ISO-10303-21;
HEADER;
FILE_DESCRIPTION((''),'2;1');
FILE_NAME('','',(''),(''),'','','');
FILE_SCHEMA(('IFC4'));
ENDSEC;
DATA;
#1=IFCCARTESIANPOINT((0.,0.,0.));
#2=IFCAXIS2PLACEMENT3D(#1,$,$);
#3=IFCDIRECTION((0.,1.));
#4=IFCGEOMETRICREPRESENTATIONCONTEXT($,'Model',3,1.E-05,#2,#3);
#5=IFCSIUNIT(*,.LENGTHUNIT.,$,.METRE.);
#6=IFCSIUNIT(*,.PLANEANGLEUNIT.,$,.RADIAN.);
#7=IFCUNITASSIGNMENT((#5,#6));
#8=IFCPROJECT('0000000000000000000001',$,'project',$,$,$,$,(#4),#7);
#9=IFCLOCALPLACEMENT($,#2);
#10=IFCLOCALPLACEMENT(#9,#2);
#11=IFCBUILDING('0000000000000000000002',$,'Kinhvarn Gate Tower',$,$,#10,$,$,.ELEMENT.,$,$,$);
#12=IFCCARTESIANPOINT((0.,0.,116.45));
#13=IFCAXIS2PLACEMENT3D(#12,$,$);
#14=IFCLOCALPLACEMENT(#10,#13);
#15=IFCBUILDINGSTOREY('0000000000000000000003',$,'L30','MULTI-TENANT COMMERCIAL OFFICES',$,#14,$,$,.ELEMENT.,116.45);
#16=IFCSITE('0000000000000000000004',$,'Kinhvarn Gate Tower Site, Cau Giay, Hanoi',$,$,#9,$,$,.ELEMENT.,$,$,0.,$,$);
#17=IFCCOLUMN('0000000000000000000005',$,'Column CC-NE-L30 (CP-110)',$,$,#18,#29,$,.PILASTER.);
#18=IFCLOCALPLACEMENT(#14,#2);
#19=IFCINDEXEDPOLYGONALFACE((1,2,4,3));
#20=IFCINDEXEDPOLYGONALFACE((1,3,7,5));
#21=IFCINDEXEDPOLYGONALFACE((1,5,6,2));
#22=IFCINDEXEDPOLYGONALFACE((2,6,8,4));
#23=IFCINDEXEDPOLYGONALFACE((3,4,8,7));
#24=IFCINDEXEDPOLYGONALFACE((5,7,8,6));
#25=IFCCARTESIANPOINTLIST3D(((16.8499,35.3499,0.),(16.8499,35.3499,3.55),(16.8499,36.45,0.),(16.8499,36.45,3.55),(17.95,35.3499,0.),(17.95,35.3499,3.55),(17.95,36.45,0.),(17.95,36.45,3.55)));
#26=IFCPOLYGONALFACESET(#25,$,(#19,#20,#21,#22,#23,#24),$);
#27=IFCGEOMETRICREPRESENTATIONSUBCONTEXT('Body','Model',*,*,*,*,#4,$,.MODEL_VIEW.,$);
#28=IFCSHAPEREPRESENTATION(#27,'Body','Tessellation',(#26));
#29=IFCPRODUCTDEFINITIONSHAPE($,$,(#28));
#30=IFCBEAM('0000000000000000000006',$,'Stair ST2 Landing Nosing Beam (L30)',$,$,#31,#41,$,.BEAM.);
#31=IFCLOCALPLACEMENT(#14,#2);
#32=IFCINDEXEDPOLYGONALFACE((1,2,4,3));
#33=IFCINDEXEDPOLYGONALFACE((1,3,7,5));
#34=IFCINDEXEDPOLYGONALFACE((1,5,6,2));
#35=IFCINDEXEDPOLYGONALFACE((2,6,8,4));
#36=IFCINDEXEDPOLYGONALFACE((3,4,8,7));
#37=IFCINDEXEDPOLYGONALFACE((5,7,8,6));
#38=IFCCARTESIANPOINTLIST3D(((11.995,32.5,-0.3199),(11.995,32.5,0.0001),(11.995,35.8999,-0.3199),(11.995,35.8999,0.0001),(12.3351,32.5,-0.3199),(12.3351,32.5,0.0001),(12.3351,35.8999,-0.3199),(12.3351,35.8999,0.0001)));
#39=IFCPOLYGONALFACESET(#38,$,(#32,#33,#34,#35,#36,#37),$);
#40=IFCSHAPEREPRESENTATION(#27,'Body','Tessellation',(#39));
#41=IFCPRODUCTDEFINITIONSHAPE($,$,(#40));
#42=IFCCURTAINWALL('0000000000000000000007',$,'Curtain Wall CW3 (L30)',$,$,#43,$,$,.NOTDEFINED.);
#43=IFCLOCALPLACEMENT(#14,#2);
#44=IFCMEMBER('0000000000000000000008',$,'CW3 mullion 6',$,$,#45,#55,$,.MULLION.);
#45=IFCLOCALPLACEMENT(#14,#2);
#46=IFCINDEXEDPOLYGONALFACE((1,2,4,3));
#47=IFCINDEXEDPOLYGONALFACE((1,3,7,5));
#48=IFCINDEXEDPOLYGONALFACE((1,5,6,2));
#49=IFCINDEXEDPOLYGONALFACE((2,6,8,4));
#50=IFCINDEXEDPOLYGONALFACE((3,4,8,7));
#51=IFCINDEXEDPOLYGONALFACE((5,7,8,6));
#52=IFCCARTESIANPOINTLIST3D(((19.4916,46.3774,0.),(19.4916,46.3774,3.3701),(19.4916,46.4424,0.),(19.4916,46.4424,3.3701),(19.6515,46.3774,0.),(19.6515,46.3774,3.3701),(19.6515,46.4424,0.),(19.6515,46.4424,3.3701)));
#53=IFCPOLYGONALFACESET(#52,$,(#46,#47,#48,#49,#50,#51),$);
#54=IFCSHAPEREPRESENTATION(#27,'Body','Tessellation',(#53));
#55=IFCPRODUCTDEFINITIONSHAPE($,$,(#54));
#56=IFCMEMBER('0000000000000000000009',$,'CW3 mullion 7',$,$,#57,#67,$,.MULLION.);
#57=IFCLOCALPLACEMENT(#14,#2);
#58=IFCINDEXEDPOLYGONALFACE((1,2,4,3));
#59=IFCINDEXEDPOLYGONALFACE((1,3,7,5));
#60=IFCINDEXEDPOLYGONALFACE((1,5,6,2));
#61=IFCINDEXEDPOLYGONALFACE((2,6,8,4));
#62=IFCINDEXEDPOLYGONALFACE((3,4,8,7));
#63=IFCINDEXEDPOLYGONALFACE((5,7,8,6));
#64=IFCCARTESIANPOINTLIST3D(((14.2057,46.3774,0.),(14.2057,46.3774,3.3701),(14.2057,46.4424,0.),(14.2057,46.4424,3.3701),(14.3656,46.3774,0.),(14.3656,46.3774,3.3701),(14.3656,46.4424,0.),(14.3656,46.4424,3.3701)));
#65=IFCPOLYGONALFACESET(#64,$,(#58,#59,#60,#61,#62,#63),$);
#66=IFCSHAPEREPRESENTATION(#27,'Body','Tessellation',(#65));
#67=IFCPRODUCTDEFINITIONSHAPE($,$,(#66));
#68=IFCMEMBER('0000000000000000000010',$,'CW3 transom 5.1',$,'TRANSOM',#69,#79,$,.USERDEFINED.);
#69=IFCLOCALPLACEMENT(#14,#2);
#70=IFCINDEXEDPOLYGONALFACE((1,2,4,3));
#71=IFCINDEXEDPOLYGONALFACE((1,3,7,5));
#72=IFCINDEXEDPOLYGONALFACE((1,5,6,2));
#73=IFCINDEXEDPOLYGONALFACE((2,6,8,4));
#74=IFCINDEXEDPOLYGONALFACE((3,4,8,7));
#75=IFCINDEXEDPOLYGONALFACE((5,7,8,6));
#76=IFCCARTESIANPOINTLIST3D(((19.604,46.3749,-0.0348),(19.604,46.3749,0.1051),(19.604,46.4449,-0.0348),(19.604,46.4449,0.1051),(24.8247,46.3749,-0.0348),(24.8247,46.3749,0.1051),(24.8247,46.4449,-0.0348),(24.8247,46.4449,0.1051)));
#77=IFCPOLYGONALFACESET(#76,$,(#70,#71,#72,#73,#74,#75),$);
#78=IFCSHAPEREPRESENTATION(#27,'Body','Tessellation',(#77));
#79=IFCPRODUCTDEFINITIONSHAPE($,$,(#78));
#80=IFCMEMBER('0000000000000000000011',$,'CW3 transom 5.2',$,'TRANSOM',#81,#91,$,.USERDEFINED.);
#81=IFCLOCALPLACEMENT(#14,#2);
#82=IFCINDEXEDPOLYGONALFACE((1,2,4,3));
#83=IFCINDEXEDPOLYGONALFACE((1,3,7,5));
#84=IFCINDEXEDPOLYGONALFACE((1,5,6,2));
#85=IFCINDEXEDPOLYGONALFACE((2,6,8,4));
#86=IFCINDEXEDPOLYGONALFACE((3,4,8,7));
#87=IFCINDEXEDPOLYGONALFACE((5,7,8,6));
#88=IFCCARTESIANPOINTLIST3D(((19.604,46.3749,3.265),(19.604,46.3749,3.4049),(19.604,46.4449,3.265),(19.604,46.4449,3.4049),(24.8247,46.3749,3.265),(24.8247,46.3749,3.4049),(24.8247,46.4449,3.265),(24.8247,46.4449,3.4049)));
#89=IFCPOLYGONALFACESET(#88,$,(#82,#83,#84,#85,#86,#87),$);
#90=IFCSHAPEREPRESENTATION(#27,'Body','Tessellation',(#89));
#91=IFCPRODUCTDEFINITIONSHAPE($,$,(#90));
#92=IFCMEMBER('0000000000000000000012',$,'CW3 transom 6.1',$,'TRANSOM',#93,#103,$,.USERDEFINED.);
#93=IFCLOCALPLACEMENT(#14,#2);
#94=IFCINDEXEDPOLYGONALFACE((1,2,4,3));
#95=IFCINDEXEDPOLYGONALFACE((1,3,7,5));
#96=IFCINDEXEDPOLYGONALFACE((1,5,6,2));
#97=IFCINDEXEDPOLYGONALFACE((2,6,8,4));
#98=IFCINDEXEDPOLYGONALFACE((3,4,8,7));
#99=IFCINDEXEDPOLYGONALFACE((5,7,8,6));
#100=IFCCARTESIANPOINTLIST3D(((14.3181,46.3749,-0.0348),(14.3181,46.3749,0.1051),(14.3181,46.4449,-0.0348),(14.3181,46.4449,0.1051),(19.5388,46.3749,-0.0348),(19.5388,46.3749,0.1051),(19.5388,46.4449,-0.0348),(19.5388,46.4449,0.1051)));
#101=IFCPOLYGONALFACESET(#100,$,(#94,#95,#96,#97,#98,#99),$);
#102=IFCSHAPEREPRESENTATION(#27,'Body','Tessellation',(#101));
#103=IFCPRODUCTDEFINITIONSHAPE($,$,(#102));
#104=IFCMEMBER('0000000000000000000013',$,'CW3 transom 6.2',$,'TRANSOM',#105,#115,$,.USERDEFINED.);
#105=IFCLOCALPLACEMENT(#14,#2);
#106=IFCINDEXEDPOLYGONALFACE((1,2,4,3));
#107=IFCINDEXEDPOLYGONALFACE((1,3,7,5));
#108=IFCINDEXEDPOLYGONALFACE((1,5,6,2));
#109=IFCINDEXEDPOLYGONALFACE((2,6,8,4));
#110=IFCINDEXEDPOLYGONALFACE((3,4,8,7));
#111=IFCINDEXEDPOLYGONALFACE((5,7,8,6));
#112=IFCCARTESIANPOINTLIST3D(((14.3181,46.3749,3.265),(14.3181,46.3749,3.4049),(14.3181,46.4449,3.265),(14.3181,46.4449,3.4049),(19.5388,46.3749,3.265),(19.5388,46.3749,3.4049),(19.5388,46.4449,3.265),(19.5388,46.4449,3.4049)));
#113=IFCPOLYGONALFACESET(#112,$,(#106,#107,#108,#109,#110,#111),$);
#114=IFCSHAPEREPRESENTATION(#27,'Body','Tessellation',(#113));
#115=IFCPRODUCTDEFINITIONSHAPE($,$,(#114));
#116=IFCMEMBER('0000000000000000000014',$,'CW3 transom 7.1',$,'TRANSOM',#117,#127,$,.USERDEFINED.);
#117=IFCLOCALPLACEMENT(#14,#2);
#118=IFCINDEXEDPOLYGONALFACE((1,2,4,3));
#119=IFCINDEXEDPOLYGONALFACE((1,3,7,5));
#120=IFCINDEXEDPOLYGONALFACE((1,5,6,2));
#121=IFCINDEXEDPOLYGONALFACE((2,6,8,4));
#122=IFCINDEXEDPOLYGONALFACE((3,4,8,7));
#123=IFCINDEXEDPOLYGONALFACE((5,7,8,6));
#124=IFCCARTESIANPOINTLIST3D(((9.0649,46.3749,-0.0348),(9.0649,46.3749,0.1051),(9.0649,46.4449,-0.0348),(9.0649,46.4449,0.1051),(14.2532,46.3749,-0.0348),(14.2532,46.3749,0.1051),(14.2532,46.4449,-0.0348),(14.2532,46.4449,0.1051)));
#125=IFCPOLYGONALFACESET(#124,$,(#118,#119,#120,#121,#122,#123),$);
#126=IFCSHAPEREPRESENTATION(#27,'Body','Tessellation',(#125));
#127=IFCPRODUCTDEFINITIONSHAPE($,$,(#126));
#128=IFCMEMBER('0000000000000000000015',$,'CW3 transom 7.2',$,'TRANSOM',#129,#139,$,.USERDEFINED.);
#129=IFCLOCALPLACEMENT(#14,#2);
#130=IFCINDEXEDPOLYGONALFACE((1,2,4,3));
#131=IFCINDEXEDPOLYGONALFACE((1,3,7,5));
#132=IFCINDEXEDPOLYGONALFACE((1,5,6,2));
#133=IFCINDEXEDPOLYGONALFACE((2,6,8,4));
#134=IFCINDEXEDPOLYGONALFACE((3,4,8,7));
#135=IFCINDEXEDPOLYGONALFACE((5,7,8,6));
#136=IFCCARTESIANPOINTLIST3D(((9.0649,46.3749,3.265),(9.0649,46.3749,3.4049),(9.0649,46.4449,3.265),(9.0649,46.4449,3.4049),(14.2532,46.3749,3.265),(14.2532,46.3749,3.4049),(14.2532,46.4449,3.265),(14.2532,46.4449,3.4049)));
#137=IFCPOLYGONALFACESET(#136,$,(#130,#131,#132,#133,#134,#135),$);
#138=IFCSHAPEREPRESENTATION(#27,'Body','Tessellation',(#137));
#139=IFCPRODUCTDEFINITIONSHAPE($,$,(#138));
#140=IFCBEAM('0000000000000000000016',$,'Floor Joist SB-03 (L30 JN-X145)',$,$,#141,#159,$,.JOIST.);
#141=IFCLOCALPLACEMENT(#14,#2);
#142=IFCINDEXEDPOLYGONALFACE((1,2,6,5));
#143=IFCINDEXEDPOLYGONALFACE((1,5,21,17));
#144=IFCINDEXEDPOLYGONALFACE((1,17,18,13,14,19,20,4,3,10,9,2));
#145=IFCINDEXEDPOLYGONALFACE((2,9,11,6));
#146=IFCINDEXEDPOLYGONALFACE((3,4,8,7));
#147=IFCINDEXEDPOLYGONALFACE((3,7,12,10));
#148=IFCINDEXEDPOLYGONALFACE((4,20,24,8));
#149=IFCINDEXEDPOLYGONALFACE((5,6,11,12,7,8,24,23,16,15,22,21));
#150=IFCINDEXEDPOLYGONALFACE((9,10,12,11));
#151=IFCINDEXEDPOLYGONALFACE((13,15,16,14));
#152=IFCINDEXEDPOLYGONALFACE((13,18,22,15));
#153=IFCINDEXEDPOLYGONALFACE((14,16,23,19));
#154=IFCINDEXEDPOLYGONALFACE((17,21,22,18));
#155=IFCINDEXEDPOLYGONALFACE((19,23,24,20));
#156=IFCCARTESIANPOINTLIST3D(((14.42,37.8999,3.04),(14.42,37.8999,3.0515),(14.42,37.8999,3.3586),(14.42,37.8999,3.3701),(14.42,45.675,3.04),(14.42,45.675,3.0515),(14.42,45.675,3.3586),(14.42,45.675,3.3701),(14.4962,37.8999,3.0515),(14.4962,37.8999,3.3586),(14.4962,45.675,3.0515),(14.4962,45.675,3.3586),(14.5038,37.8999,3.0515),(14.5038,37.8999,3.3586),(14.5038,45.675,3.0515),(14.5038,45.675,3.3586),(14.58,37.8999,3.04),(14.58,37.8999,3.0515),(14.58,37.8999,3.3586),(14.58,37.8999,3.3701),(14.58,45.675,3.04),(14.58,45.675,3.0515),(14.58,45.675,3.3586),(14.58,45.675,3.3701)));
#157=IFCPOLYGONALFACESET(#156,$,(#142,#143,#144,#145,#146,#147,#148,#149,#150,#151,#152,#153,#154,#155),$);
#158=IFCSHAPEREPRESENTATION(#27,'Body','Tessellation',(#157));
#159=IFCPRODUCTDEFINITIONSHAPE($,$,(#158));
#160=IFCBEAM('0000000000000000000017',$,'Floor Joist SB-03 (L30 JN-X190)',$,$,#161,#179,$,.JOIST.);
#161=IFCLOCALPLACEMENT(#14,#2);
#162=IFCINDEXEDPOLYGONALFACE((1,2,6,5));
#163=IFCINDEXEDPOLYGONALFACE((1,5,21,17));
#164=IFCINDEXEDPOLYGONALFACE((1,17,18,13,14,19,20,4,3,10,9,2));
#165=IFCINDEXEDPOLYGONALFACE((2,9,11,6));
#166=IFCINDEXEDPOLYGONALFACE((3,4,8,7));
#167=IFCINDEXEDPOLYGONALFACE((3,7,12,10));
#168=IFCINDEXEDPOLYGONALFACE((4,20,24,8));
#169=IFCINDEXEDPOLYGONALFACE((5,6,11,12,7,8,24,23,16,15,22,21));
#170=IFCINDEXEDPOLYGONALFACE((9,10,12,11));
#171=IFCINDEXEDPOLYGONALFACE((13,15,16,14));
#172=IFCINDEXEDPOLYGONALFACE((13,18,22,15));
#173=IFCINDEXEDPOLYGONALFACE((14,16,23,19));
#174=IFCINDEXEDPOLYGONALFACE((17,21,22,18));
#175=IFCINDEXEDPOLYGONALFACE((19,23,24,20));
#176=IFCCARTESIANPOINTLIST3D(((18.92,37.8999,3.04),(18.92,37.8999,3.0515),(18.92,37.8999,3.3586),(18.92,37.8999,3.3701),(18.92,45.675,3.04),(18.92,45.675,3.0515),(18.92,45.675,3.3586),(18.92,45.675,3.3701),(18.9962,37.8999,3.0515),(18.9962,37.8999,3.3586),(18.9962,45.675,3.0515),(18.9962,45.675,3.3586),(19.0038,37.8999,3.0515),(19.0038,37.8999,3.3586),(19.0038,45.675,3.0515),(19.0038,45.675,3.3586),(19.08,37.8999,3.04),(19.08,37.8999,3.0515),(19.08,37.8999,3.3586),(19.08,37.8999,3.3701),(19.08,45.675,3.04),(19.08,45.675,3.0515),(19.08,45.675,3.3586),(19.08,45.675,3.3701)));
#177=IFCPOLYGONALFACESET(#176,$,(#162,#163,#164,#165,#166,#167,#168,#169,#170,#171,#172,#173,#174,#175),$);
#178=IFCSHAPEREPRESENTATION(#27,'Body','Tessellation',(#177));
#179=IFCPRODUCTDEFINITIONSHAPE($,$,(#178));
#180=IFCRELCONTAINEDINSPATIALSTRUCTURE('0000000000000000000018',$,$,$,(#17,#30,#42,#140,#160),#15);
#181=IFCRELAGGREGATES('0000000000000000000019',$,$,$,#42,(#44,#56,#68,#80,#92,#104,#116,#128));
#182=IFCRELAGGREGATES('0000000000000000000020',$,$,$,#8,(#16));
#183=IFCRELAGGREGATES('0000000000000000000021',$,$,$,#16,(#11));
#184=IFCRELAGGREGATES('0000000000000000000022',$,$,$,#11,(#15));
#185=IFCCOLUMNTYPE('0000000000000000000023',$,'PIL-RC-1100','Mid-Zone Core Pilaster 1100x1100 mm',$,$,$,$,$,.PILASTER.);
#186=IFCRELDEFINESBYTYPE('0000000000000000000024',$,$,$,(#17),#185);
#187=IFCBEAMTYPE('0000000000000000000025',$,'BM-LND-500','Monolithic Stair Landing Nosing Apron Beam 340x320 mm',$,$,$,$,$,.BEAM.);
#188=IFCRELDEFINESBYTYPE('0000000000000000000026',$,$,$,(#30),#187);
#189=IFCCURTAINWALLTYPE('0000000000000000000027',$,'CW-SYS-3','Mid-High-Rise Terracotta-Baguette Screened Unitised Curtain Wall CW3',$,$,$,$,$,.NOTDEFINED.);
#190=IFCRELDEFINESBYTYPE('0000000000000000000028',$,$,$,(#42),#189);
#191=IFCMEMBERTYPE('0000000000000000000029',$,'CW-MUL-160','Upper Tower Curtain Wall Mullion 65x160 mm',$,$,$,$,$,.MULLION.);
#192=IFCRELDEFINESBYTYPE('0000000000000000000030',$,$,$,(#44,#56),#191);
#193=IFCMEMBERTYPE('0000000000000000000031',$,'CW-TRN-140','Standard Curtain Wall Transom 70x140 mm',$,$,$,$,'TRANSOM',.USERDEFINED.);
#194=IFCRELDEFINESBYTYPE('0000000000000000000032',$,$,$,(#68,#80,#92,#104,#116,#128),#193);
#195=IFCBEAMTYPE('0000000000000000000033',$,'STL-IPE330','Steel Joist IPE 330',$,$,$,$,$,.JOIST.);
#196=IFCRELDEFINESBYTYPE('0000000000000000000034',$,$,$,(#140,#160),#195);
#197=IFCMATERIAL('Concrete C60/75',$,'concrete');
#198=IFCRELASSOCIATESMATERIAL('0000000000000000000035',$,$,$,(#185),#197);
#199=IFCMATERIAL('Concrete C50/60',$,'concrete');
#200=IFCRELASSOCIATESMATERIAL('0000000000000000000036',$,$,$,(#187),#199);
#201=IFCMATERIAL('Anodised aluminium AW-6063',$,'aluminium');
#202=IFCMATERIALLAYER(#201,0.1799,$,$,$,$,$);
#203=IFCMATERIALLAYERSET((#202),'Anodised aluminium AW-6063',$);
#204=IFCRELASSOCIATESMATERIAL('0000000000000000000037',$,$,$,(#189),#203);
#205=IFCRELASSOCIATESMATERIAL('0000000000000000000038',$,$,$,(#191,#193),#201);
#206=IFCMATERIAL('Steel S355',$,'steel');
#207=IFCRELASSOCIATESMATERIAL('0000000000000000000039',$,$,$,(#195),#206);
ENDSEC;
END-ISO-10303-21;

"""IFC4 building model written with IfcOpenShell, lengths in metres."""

from ifc_helpers import new_model, si_unit, direction, frame, origin, origin_2d, place, context, subcontext, project, spatial, rectangle, i_section, extrude, material, layer, layer_set, material_profile, profile_set, type_object, element, aggregate, save


model = new_model("IFC4")

# Units and contexts
model_context = context("Model", 3, precision=1e-05, world=origin(), true_north=direction((0.0, 1.0)))
body_context = subcontext(model_context, "Body", "Model", "MODEL_VIEW")
ifc_project = project(units=[si_unit("LENGTHUNIT", "METRE"), si_unit("PLANEANGLEUNIT", "RADIAN")], contexts=[model_context])

# Site, building, storey
site_placement = place(None, origin())
site = spatial("IfcSite", under=ifc_project, at=site_placement, Name="Kinhvarn Gate Tower Site, Cau Giay, Hanoi", CompositionType="ELEMENT", RefElevation=0.0)
building_placement = place(site_placement, origin())
building = spatial("IfcBuilding", under=site, at=building_placement, Name="Kinhvarn Gate Tower", CompositionType="ELEMENT")
storey_placement = place(building_placement, frame((0.0, 0.0, 116.45)))
storey = spatial("IfcBuildingStorey", under=building, at=storey_placement, Name="L30", Description="MULTI-TENANT COMMERCIAL OFFICES", CompositionType="ELEMENT", Elevation=116.45)

# Column
ifc_material_1 = material(Name="Concrete C60/75", Category="concrete")
ifc_material_profile_1 = material_profile(ifc_material_1, rectangle(XDim=1.1001, YDim=1.1001, at=origin_2d()), Name="RC 1100x1100")
ifc_profile_set_1 = profile_set([ifc_material_profile_1], Name="Concrete C60/75")
column_type = type_object("IfcColumnType", Name="PIL-RC-1100", Description="Mid-Zone Core Pilaster 1100x1100 mm", PredefinedType="PILASTER", material=ifc_profile_set_1)
column_placement = place(storey_placement, frame((17.3999, 35.8999, 0.0), z_axis=(0.0, 0.0, 1.0), x_axis=(1.0, 0.0, 0.0)))
element("IfcColumn", 1, at=column_placement, inside=storey, type_object=column_type, Name="Column CC-NE-L30 (CP-110)", PredefinedType="PILASTER", context=body_context, shape_type="SweptSolid", body=[
    extrude(rectangle(XDim=1.1001, YDim=1.1001, at=origin_2d()), origin(), (0.0, 0.0, 1.0), 3.55),
])

# Beam
ifc_material_2 = material(Name="Concrete C50/60", Category="concrete")
ifc_material_profile_2 = material_profile(ifc_material_2, rectangle(XDim=0.3401, YDim=0.3201, at=origin_2d()), Name="RC 340x320")
ifc_profile_set_2 = profile_set([ifc_material_profile_2], Name="Concrete C50/60")
beam_type_1 = type_object("IfcBeamType", Name="BM-LND-500", Description="Monolithic Stair Landing Nosing Apron Beam 340x320 mm", PredefinedType="BEAM", material=ifc_profile_set_2)
beam_placement = place(storey_placement, frame((12.165, 32.5, -0.1599), z_axis=(0.0, 1.0, 0.0), x_axis=(-1.0, 0.0, 0.0)))
element("IfcBeam", 2, at=beam_placement, inside=storey, type_object=beam_type_1, Name="Stair ST2 Landing Nosing Beam (L30)", PredefinedType="BEAM", context=body_context, shape_type="SweptSolid", body=[
    extrude(rectangle(XDim=0.3401, YDim=0.3201, at=origin_2d()), origin(), (0.0, 0.0, 1.0), 3.3999),
])

# Curtain wall, members
ifc_material_3 = material(Name="Anodised aluminium AW-6063", Category="aluminium")
ifc_layer_1 = layer(ifc_material_3, 0.1799)
ifc_layer_set_1 = layer_set([ifc_layer_1], Name="Anodised aluminium AW-6063")
curtain_wall_type = type_object("IfcCurtainWallType", Name="CW-SYS-3", Description="Mid-High-Rise Terracotta-Baguette Screened Unitised Curtain Wall CW3", PredefinedType="NOTDEFINED", material=ifc_layer_set_1)
curtain_wall_placement = place(storey_placement, origin())
curtain_wall = element("IfcCurtainWall", 3, at=curtain_wall_placement, inside=storey, type_object=curtain_wall_type, Name="Curtain Wall CW3 (L30)", PredefinedType="NOTDEFINED")
ifc_material_profile_3 = material_profile(ifc_material_3, rectangle(XDim=0.0649, YDim=0.1599, at=origin_2d()), Name="ALU 65x160")
ifc_profile_set_3 = profile_set([ifc_material_profile_3], Name="Anodised aluminium AW-6063")
member_type_1 = type_object("IfcMemberType", Name="CW-MUL-160", Description="Upper Tower Curtain Wall Mullion 65x160 mm", PredefinedType="MULLION", material=ifc_profile_set_3)
member_1_placement = place(storey_placement, frame((19.5715, 46.4099, 0.0), z_axis=(0.0, 0.0, 1.0), x_axis=(0.0, -1.0, 0.0)))
member_1 = element("IfcMember", 4, at=member_1_placement, type_object=member_type_1, Name="CW3 mullion 6", PredefinedType="MULLION", context=body_context, shape_type="SweptSolid", body=[
    extrude(rectangle(XDim=0.0649, YDim=0.1599, at=origin_2d()), origin(), (0.0, 0.0, 1.0), 3.3701),
])
member_2_placement = place(storey_placement, frame((14.2856, 46.4099, 0.0), z_axis=(0.0, 0.0, 1.0), x_axis=(0.0, -1.0, 0.0)))
member_2 = element("IfcMember", 5, at=member_2_placement, type_object=member_type_1, Name="CW3 mullion 7", PredefinedType="MULLION", context=body_context, shape_type="SweptSolid", body=[
    extrude(rectangle(XDim=0.0649, YDim=0.1599, at=origin_2d()), origin(), (0.0, 0.0, 1.0), 3.3701),
])
ifc_material_profile_4 = material_profile(ifc_material_3, rectangle(XDim=0.0701, YDim=0.1399, at=origin_2d()), Name="ALU 70x140")
ifc_profile_set_4 = profile_set([ifc_material_profile_4], Name="Anodised aluminium AW-6063")
member_type_2 = type_object("IfcMemberType", Name="CW-TRN-140", Description="Standard Curtain Wall Transom 70x140 mm", ElementType="TRANSOM", PredefinedType="USERDEFINED", material=ifc_profile_set_4)
member_3_placement = place(storey_placement, frame((24.8247, 46.4099, 0.0352), z_axis=(-1.0, 0.0, 0.0), x_axis=(0.0, -1.0, 0.0)))
member_3 = element("IfcMember", 6, at=member_3_placement, type_object=member_type_2, Name="CW3 transom 5.1", ObjectType="TRANSOM", PredefinedType="USERDEFINED", context=body_context, shape_type="SweptSolid", body=[
    extrude(rectangle(XDim=0.0701, YDim=0.1399, at=origin_2d()), origin(), (0.0, 0.0, 1.0), 5.2207),
])
member_4_placement = place(storey_placement, frame((24.8247, 46.4099, 3.335), z_axis=(-1.0, 0.0, 0.0), x_axis=(0.0, -1.0, 0.0)))
member_4 = element("IfcMember", 7, at=member_4_placement, type_object=member_type_2, Name="CW3 transom 5.2", ObjectType="TRANSOM", PredefinedType="USERDEFINED", context=body_context, shape_type="SweptSolid", body=[
    extrude(rectangle(XDim=0.0701, YDim=0.1399, at=origin_2d()), origin(), (0.0, 0.0, 1.0), 5.2207),
])
member_5_placement = place(storey_placement, frame((19.5388, 46.4099, 0.0352), z_axis=(-1.0, 0.0, 0.0), x_axis=(0.0, -1.0, 0.0)))
member_5 = element("IfcMember", 8, at=member_5_placement, type_object=member_type_2, Name="CW3 transom 6.1", ObjectType="TRANSOM", PredefinedType="USERDEFINED", context=body_context, shape_type="SweptSolid", body=[
    extrude(rectangle(XDim=0.0701, YDim=0.1399, at=origin_2d()), origin(), (0.0, 0.0, 1.0), 5.2207),
])
member_6_placement = place(storey_placement, frame((19.5388, 46.4099, 3.335), z_axis=(-1.0, 0.0, 0.0), x_axis=(0.0, -1.0, 0.0)))
member_6 = element("IfcMember", 9, at=member_6_placement, type_object=member_type_2, Name="CW3 transom 6.2", ObjectType="TRANSOM", PredefinedType="USERDEFINED", context=body_context, shape_type="SweptSolid", body=[
    extrude(rectangle(XDim=0.0701, YDim=0.1399, at=origin_2d()), origin(), (0.0, 0.0, 1.0), 5.2207),
])
member_7_placement = place(storey_placement, frame((14.2532, 46.4099, 0.0352), z_axis=(-1.0, 0.0, 0.0), x_axis=(0.0, -1.0, 0.0)))
member_7 = element("IfcMember", 10, at=member_7_placement, type_object=member_type_2, Name="CW3 transom 7.1", ObjectType="TRANSOM", PredefinedType="USERDEFINED", context=body_context, shape_type="SweptSolid", body=[
    extrude(rectangle(XDim=0.0701, YDim=0.1399, at=origin_2d()), origin(), (0.0, 0.0, 1.0), 5.1882),
])
member_8_placement = place(storey_placement, frame((14.2532, 46.4099, 3.335), z_axis=(-1.0, 0.0, 0.0), x_axis=(0.0, -1.0, 0.0)))
member_8 = element("IfcMember", 11, at=member_8_placement, type_object=member_type_2, Name="CW3 transom 7.2", ObjectType="TRANSOM", PredefinedType="USERDEFINED", context=body_context, shape_type="SweptSolid", body=[
    extrude(rectangle(XDim=0.0701, YDim=0.1399, at=origin_2d()), origin(), (0.0, 0.0, 1.0), 5.1882),
])

# Beams
ifc_material_4 = material(Name="Steel S355", Category="steel")
ifc_material_profile_5 = material_profile(ifc_material_4, i_section(OverallWidth=0.1599, OverallDepth=0.3301, WebThickness=0.0076, FlangeThickness=0.0115, at=origin_2d()), Name="IPE 330")
ifc_profile_set_5 = profile_set([ifc_material_profile_5], Name="Steel S355")
beam_type_2 = type_object("IfcBeamType", Name="STL-IPE330", Description="Steel Joist IPE 330", PredefinedType="JOIST", material=ifc_profile_set_5)
for number, where, z_axis, x_axis, name in (
    (12, (14.5, 37.8999, 3.2051), (0.0, 1.0, 0.0), (-1.0, 0.0, 0.0), "Floor Joist SB-03 (L30 JN-X145)"),
    (13, (19.0, 37.8999, 3.2051), (0.0, 1.0, 0.0), (-1.0, 0.0, 0.0), "Floor Joist SB-03 (L30 JN-X190)"),
):
    element("IfcBeam", number, at=place(storey_placement, frame(where, z_axis=z_axis, x_axis=x_axis)), inside=storey, type_object=beam_type_2, Name=name, PredefinedType="JOIST", context=body_context, shape_type="SweptSolid", body=[
        extrude(i_section(OverallWidth=0.1599, OverallDepth=0.3301, WebThickness=0.0076, FlangeThickness=0.0115, at=origin_2d()), origin(), (0.0, 0.0, 1.0), 7.7751),
    ])

aggregate(curtain_wall, [member_1, member_2, member_3, member_4, member_5, member_6, member_7, member_8])

save(model, "model.ifc")
